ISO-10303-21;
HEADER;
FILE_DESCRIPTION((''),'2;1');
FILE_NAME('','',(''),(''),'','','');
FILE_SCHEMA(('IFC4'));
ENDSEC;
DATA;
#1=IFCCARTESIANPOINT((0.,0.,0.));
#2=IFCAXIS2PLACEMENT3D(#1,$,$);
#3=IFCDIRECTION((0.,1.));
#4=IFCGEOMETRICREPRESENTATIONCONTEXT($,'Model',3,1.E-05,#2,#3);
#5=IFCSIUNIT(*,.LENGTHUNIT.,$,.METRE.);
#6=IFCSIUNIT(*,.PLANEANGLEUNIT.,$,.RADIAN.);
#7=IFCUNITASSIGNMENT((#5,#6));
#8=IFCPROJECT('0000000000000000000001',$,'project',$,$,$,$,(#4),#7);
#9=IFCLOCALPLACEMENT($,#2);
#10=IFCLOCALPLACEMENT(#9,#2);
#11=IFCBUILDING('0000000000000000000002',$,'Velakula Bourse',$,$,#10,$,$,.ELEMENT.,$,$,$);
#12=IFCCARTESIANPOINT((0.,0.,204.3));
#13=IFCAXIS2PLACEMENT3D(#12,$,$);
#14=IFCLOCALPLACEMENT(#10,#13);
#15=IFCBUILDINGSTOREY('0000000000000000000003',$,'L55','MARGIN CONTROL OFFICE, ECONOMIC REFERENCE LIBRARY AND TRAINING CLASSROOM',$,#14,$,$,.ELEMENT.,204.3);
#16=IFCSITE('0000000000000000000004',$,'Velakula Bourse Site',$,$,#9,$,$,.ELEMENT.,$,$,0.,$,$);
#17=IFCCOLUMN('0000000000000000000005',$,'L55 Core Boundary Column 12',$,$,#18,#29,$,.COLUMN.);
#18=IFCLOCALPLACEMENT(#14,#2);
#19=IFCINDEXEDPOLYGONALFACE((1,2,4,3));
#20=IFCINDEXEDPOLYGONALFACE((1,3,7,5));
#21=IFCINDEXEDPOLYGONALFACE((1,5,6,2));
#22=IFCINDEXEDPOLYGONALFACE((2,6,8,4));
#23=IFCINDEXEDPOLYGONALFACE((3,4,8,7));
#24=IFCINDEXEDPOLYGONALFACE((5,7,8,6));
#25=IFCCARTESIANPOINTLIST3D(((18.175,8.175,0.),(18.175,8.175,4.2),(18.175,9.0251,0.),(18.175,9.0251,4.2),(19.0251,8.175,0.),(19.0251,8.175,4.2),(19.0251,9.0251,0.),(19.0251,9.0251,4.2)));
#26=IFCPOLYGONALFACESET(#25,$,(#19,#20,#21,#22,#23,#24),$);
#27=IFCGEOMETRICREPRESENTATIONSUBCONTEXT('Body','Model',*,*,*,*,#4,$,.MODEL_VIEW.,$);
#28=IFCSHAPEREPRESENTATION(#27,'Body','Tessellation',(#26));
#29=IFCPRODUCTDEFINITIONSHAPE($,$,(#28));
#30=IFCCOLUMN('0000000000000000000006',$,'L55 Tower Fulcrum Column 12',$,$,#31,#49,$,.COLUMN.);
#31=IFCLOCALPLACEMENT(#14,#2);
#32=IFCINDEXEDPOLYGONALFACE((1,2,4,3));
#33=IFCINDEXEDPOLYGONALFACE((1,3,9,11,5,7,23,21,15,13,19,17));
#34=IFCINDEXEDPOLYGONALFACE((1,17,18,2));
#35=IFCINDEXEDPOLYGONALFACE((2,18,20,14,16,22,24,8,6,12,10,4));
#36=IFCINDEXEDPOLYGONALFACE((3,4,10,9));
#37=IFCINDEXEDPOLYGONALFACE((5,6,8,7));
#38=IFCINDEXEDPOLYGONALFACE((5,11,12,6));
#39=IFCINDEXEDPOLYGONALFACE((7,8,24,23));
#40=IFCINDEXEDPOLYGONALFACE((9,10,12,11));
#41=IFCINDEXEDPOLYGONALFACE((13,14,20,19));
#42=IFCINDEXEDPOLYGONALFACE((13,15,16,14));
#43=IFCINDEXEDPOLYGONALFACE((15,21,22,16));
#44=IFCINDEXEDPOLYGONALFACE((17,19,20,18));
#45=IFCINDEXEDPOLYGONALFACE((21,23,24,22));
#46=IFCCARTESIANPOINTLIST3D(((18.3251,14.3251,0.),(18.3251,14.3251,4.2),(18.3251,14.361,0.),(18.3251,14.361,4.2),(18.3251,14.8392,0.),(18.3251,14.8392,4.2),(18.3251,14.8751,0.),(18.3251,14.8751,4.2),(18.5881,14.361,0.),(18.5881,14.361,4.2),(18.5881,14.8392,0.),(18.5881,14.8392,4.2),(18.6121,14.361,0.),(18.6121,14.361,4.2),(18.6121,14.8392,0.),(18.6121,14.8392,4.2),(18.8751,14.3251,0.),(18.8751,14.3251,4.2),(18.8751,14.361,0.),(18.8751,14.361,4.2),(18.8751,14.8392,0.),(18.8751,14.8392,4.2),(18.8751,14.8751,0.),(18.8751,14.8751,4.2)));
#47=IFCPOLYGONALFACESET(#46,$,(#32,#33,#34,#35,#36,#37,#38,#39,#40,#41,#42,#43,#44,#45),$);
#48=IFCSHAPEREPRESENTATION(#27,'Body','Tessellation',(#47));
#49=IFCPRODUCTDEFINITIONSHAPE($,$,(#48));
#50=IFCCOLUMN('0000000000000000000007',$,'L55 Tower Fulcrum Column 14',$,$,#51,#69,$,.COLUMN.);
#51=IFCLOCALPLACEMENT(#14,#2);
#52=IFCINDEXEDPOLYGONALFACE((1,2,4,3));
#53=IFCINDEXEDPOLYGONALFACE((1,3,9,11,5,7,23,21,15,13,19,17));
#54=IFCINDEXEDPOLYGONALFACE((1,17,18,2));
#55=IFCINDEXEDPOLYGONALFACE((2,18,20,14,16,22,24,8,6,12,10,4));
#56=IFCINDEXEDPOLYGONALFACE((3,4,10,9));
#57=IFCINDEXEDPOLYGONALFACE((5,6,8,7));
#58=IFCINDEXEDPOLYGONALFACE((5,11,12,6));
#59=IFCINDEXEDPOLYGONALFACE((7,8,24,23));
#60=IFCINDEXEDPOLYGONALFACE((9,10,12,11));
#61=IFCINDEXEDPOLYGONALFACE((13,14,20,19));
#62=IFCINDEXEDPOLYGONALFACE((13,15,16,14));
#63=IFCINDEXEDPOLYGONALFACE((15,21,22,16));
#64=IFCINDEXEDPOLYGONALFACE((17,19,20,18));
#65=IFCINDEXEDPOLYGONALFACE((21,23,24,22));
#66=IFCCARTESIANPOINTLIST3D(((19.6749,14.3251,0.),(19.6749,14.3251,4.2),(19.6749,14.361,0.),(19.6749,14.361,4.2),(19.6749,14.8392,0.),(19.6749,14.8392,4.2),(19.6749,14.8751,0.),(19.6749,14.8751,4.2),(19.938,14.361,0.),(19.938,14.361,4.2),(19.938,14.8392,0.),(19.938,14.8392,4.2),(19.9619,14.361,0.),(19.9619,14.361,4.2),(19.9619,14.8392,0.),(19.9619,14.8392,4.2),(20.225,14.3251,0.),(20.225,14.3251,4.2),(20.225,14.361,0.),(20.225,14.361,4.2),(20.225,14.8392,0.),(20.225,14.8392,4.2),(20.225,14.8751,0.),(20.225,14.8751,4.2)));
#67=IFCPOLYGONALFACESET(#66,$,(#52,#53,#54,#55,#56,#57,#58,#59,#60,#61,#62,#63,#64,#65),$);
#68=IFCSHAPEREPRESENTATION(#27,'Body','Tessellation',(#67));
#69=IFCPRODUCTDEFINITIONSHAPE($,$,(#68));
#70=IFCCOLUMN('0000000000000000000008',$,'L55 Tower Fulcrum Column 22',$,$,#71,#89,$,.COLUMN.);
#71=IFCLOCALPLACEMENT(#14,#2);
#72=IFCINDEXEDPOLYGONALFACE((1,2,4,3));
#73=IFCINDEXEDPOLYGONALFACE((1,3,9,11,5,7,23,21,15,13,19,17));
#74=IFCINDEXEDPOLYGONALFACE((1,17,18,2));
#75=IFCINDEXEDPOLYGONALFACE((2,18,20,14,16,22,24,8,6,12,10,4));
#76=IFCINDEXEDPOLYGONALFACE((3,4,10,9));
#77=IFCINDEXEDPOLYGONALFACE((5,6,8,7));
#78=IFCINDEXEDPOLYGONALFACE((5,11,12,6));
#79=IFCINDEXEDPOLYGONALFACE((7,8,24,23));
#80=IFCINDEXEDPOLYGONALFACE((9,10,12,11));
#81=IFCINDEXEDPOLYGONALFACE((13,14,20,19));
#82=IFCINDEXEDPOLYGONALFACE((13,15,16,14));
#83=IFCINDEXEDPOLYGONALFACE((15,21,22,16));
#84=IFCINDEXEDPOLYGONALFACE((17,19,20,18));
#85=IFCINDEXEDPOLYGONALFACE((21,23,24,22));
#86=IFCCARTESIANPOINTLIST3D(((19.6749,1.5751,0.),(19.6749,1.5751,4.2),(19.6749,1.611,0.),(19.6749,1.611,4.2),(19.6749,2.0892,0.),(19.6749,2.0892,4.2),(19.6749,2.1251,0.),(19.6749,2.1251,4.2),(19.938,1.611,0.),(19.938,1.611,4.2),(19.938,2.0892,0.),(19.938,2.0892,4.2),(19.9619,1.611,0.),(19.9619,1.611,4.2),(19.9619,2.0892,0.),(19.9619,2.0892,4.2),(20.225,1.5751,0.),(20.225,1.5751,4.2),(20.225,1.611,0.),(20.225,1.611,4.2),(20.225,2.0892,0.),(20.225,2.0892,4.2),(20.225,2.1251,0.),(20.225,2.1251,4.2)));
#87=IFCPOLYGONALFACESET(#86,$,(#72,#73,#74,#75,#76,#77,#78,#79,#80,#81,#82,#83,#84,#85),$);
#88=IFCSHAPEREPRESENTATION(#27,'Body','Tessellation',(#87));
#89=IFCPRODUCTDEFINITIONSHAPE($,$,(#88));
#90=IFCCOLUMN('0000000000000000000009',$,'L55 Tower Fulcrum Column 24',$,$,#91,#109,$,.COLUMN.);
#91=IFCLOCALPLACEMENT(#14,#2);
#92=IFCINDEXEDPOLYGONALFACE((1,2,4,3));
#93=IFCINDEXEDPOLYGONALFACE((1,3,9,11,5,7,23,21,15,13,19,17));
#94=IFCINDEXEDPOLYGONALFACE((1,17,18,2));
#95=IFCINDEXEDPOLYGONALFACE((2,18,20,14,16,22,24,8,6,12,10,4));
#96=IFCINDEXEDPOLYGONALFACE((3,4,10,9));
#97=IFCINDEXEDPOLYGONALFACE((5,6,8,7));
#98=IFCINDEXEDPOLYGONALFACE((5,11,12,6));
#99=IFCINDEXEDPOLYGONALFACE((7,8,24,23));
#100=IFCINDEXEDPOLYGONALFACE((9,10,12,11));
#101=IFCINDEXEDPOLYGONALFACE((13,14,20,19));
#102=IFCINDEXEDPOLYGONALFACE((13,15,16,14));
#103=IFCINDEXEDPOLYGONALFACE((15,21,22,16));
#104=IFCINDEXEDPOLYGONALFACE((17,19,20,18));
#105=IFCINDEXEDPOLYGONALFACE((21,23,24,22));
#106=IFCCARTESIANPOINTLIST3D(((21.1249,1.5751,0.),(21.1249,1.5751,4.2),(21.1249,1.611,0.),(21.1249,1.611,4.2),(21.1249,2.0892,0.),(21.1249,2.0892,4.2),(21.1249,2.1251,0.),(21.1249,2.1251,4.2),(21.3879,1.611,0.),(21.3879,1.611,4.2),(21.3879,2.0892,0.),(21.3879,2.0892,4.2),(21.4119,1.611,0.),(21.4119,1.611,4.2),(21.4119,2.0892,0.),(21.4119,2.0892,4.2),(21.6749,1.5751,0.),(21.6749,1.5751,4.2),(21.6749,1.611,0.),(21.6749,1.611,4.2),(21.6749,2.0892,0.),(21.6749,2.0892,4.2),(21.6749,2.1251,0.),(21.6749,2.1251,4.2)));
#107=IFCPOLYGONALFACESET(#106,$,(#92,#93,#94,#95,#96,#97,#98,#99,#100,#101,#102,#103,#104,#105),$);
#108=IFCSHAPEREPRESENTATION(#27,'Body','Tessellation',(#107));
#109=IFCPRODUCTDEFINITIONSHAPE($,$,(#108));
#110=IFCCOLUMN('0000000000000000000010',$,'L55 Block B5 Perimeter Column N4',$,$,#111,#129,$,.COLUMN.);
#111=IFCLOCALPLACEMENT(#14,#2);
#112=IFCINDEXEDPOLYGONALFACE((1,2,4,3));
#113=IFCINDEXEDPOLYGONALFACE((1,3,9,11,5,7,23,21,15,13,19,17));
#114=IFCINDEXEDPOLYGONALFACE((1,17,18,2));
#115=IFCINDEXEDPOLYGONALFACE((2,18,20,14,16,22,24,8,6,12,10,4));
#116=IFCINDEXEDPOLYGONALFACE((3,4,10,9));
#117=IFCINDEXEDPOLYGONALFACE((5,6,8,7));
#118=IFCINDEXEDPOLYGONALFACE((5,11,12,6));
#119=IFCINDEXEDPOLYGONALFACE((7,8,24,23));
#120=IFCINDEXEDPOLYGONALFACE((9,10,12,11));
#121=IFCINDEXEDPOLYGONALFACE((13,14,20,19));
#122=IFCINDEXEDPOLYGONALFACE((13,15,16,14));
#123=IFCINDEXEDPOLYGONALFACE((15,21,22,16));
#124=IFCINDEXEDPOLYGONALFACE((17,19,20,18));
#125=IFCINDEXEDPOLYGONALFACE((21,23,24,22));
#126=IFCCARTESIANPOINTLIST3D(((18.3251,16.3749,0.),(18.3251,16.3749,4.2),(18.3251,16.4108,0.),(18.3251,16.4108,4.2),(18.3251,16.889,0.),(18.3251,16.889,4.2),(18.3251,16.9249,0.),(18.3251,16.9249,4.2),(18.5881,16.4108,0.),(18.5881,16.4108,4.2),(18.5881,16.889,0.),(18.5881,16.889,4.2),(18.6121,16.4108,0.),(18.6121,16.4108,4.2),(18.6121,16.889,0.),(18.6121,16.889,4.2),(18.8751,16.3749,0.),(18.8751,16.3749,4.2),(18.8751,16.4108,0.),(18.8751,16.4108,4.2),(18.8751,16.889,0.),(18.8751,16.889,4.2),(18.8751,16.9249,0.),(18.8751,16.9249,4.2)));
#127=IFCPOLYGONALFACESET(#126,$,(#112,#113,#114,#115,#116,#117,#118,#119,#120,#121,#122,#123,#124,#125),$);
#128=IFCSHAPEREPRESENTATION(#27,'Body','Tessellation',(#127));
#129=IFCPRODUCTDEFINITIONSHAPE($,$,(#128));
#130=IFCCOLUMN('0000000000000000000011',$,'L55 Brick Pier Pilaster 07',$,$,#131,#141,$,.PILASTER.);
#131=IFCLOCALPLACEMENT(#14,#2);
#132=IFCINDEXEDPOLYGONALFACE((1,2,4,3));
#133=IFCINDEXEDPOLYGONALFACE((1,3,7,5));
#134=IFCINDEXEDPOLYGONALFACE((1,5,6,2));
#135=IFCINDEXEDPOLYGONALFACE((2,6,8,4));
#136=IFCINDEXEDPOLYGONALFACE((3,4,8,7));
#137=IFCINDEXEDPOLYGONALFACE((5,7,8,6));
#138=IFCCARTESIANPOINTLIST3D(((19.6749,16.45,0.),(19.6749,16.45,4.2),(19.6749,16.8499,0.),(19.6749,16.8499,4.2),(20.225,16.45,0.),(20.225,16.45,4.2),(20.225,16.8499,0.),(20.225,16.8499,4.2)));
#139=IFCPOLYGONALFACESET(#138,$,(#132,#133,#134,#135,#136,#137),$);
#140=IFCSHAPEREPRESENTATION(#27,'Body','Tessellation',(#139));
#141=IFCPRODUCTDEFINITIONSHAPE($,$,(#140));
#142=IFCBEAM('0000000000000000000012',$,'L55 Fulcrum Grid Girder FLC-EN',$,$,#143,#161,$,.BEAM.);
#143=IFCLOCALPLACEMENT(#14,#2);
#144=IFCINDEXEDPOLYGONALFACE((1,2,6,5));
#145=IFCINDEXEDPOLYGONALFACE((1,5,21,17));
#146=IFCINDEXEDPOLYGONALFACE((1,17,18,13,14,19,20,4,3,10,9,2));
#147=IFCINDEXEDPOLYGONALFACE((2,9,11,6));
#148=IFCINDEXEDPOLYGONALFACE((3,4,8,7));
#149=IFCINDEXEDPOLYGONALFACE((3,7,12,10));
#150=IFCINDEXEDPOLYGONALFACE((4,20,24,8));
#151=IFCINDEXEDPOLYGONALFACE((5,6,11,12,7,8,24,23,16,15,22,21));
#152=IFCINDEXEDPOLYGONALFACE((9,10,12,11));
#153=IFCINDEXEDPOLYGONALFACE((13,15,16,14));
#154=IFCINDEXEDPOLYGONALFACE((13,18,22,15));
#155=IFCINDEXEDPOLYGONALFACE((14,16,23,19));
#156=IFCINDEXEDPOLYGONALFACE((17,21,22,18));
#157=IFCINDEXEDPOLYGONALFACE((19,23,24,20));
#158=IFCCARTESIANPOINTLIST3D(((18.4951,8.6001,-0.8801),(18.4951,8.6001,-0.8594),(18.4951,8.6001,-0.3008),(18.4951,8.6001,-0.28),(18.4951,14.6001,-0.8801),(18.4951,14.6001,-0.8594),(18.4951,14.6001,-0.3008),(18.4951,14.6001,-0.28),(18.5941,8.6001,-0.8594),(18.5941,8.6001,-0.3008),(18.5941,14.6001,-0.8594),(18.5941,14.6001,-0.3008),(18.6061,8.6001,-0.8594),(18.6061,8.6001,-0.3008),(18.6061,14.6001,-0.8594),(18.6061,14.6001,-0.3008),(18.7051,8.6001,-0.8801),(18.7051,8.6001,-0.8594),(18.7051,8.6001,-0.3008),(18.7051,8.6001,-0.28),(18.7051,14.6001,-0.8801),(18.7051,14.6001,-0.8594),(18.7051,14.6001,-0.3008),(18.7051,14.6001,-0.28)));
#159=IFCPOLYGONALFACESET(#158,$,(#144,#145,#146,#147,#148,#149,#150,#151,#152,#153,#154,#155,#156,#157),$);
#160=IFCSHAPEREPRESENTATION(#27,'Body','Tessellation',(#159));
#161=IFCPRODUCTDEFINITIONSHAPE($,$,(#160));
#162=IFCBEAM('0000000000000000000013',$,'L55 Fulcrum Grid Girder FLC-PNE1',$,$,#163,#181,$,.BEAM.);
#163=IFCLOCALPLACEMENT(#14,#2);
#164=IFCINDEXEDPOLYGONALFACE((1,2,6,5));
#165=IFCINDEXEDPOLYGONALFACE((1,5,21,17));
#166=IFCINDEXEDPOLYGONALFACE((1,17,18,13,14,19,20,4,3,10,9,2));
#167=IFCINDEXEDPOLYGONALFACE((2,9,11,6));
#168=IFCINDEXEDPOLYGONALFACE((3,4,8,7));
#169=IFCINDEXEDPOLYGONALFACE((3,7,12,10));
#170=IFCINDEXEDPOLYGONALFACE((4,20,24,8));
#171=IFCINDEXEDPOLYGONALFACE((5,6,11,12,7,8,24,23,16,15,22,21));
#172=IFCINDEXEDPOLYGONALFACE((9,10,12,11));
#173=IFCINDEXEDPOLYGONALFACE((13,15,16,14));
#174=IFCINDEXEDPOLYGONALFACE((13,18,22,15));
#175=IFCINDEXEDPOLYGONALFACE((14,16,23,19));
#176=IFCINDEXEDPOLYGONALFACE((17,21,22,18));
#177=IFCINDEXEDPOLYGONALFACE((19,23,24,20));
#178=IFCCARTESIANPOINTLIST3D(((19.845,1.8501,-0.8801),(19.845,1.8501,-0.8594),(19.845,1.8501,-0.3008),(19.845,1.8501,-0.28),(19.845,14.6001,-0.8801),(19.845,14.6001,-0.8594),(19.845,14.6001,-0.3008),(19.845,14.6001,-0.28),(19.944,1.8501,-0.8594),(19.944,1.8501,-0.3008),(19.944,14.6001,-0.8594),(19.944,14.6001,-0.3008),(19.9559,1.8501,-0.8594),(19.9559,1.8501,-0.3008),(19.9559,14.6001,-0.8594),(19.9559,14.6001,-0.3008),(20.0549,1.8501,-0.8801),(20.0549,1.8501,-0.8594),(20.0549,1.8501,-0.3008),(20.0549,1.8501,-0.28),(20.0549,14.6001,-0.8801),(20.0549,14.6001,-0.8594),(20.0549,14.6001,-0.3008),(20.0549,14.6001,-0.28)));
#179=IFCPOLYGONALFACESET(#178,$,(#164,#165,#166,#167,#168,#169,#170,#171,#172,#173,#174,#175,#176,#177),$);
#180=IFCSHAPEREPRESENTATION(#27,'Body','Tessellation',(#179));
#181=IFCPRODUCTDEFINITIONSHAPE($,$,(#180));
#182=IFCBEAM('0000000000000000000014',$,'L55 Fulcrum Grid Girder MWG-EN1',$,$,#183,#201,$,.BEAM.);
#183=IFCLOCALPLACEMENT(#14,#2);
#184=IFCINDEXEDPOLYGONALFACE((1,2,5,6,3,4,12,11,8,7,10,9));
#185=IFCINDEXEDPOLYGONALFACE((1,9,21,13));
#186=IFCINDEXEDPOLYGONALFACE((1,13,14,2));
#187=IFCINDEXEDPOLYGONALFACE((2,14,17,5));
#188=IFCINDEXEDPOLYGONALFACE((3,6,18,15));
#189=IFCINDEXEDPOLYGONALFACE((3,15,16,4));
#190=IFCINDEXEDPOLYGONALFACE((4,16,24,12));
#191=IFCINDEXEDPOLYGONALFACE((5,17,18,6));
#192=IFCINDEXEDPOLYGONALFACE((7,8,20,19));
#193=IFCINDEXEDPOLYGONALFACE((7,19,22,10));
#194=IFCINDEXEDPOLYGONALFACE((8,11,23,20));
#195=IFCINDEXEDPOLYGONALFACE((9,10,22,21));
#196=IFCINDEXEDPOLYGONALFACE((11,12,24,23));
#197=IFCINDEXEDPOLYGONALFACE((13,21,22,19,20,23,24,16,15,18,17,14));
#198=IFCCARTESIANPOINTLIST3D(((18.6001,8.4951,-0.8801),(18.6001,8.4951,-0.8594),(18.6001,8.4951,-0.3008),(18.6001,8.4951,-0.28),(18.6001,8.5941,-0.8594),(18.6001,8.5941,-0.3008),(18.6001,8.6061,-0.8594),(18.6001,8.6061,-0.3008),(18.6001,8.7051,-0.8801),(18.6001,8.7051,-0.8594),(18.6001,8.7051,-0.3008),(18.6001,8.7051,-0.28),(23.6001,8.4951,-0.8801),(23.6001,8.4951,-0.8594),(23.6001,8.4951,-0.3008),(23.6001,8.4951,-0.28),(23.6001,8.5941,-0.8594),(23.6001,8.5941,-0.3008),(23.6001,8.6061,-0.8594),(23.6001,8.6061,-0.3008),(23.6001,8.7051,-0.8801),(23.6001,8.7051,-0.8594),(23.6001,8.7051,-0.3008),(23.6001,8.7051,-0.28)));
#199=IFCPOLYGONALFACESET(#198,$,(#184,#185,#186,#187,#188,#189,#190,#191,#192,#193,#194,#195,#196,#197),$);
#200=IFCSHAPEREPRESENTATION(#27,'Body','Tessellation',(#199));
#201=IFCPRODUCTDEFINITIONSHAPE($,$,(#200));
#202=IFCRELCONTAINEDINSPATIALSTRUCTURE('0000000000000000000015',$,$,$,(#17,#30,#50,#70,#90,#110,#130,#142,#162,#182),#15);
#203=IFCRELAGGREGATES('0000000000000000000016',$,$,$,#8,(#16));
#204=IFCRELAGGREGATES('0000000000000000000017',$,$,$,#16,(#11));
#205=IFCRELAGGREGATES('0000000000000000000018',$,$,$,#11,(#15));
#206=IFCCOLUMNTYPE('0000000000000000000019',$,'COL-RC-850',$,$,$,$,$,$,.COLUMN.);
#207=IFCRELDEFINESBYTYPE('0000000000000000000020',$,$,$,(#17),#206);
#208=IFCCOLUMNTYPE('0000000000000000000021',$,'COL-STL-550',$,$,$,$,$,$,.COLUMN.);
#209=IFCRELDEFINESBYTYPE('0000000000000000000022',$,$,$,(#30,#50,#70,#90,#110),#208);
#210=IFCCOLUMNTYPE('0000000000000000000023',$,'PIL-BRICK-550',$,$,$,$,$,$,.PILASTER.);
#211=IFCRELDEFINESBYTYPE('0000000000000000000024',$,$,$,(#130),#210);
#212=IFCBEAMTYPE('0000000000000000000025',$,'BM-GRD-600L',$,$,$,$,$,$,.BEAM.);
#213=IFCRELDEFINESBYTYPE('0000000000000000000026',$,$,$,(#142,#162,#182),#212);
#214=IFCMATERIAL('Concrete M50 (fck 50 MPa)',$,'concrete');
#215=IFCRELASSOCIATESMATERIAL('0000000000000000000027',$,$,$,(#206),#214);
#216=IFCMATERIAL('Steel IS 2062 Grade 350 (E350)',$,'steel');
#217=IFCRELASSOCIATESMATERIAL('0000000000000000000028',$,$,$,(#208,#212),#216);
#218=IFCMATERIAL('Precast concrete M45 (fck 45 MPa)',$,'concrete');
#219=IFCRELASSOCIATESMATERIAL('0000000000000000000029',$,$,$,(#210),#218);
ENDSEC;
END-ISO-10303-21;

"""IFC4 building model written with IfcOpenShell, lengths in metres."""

from ifc_helpers import new_model, si_unit, direction, frame, origin, origin_2d, place, context, subcontext, project, spatial, rectangle, i_section, extrude, material, material_profile, profile_set, type_object, element, save


model = new_model("IFC4")

# Units and contexts
model_context = context("Model", 3, precision=1e-05, world=origin(), true_north=direction((0.0, 1.0)))
body_context = subcontext(model_context, "Body", "Model", "MODEL_VIEW")
ifc_project = project(units=[si_unit("LENGTHUNIT", "METRE"), si_unit("PLANEANGLEUNIT", "RADIAN")], contexts=[model_context])

# Site, building, storey
site_placement = place(None, origin())
site = spatial("IfcSite", under=ifc_project, at=site_placement, Name="Velakula Bourse Site", CompositionType="ELEMENT", RefElevation=0.0)
building_placement = place(site_placement, origin())
building = spatial("IfcBuilding", under=site, at=building_placement, Name="Velakula Bourse", CompositionType="ELEMENT")
storey_placement = place(building_placement, frame((0.0, 0.0, 204.3)))
storey = spatial("IfcBuildingStorey", under=building, at=storey_placement, Name="L55", Description="MARGIN CONTROL OFFICE, ECONOMIC REFERENCE LIBRARY AND TRAINING CLASSROOM", CompositionType="ELEMENT", Elevation=204.3)

# Columns
ifc_material_1 = material(Name="Concrete M50 (fck 50 MPa)", Category="concrete")
ifc_material_profile_1 = material_profile(ifc_material_1, rectangle(XDim=0.8501, YDim=0.8501, at=origin_2d()), Name="Concrete M50 (fck 50 MPa)")
ifc_profile_set_1 = profile_set([ifc_material_profile_1], Name="Concrete M50 (fck 50 MPa)")
column_type_1 = type_object("IfcColumnType", Name="COL-RC-850", PredefinedType="COLUMN", material=ifc_profile_set_1)
column_1_placement = place(storey_placement, frame((18.6001, 8.6001, 0.0), z_axis=(0.0, 0.0, 1.0), x_axis=(1.0, 0.0, 0.0)))
element("IfcColumn", 1, at=column_1_placement, inside=storey, type_object=column_type_1, Name="L55 Core Boundary Column 12", PredefinedType="COLUMN", context=body_context, shape_type="SweptSolid", body=[
    extrude(rectangle(XDim=0.8501, YDim=0.8501, at=origin_2d()), origin(), (0.0, 0.0, 1.0), 4.2),
])
ifc_material_2 = material(Name="Steel IS 2062 Grade 350 (E350)", Category="steel")
ifc_material_profile_2 = material_profile(ifc_material_2, i_section(OverallWidth=0.55, OverallDepth=0.55, WebThickness=0.0239, FlangeThickness=0.0359, at=origin_2d()), Name="Steel IS 2062 Grade 350 (E350)")
ifc_profile_set_2 = profile_set([ifc_material_profile_2], Name="Steel IS 2062 Grade 350 (E350)")
column_type_2 = type_object("IfcColumnType", Name="COL-STL-550", PredefinedType="COLUMN", material=ifc_profile_set_2)
for number, where, z_axis, x_axis, name in (
    (2, (18.6001, 14.6001, 0.0), (0.0, 0.0, 1.0), (1.0, 0.0, 0.0), "L55 Tower Fulcrum Column 12"),
    (3, (19.95, 14.6001, 0.0), (0.0, 0.0, 1.0), (1.0, 0.0, 0.0), "L55 Tower Fulcrum Column 14"),
    (4, (19.95, 1.8501, 0.0), (0.0, 0.0, 1.0), (1.0, 0.0, 0.0), "L55 Tower Fulcrum Column 22"),
    (5, (21.3999, 1.8501, 0.0), (0.0, 0.0, 1.0), (1.0, 0.0, 0.0), "L55 Tower Fulcrum Column 24"),
    (6, (18.6001, 16.6499, 0.0), (0.0, 0.0, 1.0), (1.0, 0.0, 0.0), "L55 Block B5 Perimeter Column N4"),
):
    element("IfcColumn", number, at=place(storey_placement, frame(where, z_axis=z_axis, x_axis=x_axis)), inside=storey, type_object=column_type_2, Name=name, PredefinedType="COLUMN", context=body_context, shape_type="SweptSolid", body=[
        extrude(i_section(OverallWidth=0.55, OverallDepth=0.55, WebThickness=0.0239, FlangeThickness=0.0359, at=origin_2d()), origin(), (0.0, 0.0, 1.0), 4.2),
    ])
ifc_material_3 = material(Name="Precast concrete M45 (fck 45 MPa)", Category="concrete")
ifc_material_profile_3 = material_profile(ifc_material_3, rectangle(XDim=0.55, YDim=0.3999, at=origin_2d()), Name="Precast concrete M45 (fck 45 MPa)")
ifc_profile_set_3 = profile_set([ifc_material_profile_3], Name="Precast concrete M45 (fck 45 MPa)")
column_type_3 = type_object("IfcColumnType", Name="PIL-BRICK-550", PredefinedType="PILASTER", material=ifc_profile_set_3)
column_2_placement = place(storey_placement, frame((19.95, 16.6499, 0.0), z_axis=(0.0, 0.0, 1.0), x_axis=(1.0, 0.0, 0.0)))
element("IfcColumn", 7, at=column_2_placement, inside=storey, type_object=column_type_3, Name="L55 Brick Pier Pilaster 07", PredefinedType="PILASTER", context=body_context, shape_type="SweptSolid", body=[
    extrude(rectangle(XDim=0.55, YDim=0.3999, at=origin_2d()), origin(), (0.0, 0.0, 1.0), 4.2),
])

# Beams
ifc_material_profile_4 = material_profile(ifc_material_2, i_section(OverallWidth=0.21, OverallDepth=0.6001, WebThickness=0.012, FlangeThickness=0.0208, at=origin_2d()), Name="Steel IS 2062 Grade 350 (E350)")
ifc_profile_set_4 = profile_set([ifc_material_profile_4], Name="Steel IS 2062 Grade 350 (E350)")
beam_type_1 = type_object("IfcBeamType", Name="BM-GRD-600L", PredefinedType="BEAM", material=ifc_profile_set_4)
beam_1_placement = place(storey_placement, frame((18.6001, 8.6001, -0.5801), z_axis=(0.0, 1.0, 0.0), x_axis=(-1.0, 0.0, 0.0)))
element("IfcBeam", 8, at=beam_1_placement, inside=storey, type_object=beam_type_1, Name="L55 Fulcrum Grid Girder FLC-EN", PredefinedType="BEAM", context=body_context, shape_type="SweptSolid", body=[
    extrude(i_section(OverallWidth=0.21, OverallDepth=0.6001, WebThickness=0.012, FlangeThickness=0.0208, at=origin_2d()), origin(), (0.0, 0.0, 1.0), 6.0),
])
beam_2_placement = place(storey_placement, frame((19.95, 1.8501, -0.5801), z_axis=(0.0, 1.0, 0.0), x_axis=(-1.0, 0.0, 0.0)))
element("IfcBeam", 9, at=beam_2_placement, inside=storey, type_object=beam_type_1, Name="L55 Fulcrum Grid Girder FLC-PNE1", PredefinedType="BEAM", context=body_context, shape_type="SweptSolid", body=[
    extrude(i_section(OverallWidth=0.21, OverallDepth=0.6001, WebThickness=0.012, FlangeThickness=0.0208, at=origin_2d()), origin(), (0.0, 0.0, 1.0), 12.75),
])
for number, where, z_axis, x_axis, name in (
    (10, (18.6001, 8.6001, -0.5801), (1.0, 0.0, 0.0), (0.0, 1.0, 0.0), "L55 Fulcrum Grid Girder MWG-EN1"),
):
    element("IfcBeam", number, at=place(storey_placement, frame(where, z_axis=z_axis, x_axis=x_axis)), inside=storey, type_object=beam_type_1, Name=name, PredefinedType="BEAM", context=body_context, shape_type="SweptSolid", body=[
        extrude(i_section(OverallWidth=0.21, OverallDepth=0.6001, WebThickness=0.012, FlangeThickness=0.0208, at=origin_2d()), origin(), (0.0, 0.0, 1.0), 5.0),
    ])

save(model, "model.ifc")
